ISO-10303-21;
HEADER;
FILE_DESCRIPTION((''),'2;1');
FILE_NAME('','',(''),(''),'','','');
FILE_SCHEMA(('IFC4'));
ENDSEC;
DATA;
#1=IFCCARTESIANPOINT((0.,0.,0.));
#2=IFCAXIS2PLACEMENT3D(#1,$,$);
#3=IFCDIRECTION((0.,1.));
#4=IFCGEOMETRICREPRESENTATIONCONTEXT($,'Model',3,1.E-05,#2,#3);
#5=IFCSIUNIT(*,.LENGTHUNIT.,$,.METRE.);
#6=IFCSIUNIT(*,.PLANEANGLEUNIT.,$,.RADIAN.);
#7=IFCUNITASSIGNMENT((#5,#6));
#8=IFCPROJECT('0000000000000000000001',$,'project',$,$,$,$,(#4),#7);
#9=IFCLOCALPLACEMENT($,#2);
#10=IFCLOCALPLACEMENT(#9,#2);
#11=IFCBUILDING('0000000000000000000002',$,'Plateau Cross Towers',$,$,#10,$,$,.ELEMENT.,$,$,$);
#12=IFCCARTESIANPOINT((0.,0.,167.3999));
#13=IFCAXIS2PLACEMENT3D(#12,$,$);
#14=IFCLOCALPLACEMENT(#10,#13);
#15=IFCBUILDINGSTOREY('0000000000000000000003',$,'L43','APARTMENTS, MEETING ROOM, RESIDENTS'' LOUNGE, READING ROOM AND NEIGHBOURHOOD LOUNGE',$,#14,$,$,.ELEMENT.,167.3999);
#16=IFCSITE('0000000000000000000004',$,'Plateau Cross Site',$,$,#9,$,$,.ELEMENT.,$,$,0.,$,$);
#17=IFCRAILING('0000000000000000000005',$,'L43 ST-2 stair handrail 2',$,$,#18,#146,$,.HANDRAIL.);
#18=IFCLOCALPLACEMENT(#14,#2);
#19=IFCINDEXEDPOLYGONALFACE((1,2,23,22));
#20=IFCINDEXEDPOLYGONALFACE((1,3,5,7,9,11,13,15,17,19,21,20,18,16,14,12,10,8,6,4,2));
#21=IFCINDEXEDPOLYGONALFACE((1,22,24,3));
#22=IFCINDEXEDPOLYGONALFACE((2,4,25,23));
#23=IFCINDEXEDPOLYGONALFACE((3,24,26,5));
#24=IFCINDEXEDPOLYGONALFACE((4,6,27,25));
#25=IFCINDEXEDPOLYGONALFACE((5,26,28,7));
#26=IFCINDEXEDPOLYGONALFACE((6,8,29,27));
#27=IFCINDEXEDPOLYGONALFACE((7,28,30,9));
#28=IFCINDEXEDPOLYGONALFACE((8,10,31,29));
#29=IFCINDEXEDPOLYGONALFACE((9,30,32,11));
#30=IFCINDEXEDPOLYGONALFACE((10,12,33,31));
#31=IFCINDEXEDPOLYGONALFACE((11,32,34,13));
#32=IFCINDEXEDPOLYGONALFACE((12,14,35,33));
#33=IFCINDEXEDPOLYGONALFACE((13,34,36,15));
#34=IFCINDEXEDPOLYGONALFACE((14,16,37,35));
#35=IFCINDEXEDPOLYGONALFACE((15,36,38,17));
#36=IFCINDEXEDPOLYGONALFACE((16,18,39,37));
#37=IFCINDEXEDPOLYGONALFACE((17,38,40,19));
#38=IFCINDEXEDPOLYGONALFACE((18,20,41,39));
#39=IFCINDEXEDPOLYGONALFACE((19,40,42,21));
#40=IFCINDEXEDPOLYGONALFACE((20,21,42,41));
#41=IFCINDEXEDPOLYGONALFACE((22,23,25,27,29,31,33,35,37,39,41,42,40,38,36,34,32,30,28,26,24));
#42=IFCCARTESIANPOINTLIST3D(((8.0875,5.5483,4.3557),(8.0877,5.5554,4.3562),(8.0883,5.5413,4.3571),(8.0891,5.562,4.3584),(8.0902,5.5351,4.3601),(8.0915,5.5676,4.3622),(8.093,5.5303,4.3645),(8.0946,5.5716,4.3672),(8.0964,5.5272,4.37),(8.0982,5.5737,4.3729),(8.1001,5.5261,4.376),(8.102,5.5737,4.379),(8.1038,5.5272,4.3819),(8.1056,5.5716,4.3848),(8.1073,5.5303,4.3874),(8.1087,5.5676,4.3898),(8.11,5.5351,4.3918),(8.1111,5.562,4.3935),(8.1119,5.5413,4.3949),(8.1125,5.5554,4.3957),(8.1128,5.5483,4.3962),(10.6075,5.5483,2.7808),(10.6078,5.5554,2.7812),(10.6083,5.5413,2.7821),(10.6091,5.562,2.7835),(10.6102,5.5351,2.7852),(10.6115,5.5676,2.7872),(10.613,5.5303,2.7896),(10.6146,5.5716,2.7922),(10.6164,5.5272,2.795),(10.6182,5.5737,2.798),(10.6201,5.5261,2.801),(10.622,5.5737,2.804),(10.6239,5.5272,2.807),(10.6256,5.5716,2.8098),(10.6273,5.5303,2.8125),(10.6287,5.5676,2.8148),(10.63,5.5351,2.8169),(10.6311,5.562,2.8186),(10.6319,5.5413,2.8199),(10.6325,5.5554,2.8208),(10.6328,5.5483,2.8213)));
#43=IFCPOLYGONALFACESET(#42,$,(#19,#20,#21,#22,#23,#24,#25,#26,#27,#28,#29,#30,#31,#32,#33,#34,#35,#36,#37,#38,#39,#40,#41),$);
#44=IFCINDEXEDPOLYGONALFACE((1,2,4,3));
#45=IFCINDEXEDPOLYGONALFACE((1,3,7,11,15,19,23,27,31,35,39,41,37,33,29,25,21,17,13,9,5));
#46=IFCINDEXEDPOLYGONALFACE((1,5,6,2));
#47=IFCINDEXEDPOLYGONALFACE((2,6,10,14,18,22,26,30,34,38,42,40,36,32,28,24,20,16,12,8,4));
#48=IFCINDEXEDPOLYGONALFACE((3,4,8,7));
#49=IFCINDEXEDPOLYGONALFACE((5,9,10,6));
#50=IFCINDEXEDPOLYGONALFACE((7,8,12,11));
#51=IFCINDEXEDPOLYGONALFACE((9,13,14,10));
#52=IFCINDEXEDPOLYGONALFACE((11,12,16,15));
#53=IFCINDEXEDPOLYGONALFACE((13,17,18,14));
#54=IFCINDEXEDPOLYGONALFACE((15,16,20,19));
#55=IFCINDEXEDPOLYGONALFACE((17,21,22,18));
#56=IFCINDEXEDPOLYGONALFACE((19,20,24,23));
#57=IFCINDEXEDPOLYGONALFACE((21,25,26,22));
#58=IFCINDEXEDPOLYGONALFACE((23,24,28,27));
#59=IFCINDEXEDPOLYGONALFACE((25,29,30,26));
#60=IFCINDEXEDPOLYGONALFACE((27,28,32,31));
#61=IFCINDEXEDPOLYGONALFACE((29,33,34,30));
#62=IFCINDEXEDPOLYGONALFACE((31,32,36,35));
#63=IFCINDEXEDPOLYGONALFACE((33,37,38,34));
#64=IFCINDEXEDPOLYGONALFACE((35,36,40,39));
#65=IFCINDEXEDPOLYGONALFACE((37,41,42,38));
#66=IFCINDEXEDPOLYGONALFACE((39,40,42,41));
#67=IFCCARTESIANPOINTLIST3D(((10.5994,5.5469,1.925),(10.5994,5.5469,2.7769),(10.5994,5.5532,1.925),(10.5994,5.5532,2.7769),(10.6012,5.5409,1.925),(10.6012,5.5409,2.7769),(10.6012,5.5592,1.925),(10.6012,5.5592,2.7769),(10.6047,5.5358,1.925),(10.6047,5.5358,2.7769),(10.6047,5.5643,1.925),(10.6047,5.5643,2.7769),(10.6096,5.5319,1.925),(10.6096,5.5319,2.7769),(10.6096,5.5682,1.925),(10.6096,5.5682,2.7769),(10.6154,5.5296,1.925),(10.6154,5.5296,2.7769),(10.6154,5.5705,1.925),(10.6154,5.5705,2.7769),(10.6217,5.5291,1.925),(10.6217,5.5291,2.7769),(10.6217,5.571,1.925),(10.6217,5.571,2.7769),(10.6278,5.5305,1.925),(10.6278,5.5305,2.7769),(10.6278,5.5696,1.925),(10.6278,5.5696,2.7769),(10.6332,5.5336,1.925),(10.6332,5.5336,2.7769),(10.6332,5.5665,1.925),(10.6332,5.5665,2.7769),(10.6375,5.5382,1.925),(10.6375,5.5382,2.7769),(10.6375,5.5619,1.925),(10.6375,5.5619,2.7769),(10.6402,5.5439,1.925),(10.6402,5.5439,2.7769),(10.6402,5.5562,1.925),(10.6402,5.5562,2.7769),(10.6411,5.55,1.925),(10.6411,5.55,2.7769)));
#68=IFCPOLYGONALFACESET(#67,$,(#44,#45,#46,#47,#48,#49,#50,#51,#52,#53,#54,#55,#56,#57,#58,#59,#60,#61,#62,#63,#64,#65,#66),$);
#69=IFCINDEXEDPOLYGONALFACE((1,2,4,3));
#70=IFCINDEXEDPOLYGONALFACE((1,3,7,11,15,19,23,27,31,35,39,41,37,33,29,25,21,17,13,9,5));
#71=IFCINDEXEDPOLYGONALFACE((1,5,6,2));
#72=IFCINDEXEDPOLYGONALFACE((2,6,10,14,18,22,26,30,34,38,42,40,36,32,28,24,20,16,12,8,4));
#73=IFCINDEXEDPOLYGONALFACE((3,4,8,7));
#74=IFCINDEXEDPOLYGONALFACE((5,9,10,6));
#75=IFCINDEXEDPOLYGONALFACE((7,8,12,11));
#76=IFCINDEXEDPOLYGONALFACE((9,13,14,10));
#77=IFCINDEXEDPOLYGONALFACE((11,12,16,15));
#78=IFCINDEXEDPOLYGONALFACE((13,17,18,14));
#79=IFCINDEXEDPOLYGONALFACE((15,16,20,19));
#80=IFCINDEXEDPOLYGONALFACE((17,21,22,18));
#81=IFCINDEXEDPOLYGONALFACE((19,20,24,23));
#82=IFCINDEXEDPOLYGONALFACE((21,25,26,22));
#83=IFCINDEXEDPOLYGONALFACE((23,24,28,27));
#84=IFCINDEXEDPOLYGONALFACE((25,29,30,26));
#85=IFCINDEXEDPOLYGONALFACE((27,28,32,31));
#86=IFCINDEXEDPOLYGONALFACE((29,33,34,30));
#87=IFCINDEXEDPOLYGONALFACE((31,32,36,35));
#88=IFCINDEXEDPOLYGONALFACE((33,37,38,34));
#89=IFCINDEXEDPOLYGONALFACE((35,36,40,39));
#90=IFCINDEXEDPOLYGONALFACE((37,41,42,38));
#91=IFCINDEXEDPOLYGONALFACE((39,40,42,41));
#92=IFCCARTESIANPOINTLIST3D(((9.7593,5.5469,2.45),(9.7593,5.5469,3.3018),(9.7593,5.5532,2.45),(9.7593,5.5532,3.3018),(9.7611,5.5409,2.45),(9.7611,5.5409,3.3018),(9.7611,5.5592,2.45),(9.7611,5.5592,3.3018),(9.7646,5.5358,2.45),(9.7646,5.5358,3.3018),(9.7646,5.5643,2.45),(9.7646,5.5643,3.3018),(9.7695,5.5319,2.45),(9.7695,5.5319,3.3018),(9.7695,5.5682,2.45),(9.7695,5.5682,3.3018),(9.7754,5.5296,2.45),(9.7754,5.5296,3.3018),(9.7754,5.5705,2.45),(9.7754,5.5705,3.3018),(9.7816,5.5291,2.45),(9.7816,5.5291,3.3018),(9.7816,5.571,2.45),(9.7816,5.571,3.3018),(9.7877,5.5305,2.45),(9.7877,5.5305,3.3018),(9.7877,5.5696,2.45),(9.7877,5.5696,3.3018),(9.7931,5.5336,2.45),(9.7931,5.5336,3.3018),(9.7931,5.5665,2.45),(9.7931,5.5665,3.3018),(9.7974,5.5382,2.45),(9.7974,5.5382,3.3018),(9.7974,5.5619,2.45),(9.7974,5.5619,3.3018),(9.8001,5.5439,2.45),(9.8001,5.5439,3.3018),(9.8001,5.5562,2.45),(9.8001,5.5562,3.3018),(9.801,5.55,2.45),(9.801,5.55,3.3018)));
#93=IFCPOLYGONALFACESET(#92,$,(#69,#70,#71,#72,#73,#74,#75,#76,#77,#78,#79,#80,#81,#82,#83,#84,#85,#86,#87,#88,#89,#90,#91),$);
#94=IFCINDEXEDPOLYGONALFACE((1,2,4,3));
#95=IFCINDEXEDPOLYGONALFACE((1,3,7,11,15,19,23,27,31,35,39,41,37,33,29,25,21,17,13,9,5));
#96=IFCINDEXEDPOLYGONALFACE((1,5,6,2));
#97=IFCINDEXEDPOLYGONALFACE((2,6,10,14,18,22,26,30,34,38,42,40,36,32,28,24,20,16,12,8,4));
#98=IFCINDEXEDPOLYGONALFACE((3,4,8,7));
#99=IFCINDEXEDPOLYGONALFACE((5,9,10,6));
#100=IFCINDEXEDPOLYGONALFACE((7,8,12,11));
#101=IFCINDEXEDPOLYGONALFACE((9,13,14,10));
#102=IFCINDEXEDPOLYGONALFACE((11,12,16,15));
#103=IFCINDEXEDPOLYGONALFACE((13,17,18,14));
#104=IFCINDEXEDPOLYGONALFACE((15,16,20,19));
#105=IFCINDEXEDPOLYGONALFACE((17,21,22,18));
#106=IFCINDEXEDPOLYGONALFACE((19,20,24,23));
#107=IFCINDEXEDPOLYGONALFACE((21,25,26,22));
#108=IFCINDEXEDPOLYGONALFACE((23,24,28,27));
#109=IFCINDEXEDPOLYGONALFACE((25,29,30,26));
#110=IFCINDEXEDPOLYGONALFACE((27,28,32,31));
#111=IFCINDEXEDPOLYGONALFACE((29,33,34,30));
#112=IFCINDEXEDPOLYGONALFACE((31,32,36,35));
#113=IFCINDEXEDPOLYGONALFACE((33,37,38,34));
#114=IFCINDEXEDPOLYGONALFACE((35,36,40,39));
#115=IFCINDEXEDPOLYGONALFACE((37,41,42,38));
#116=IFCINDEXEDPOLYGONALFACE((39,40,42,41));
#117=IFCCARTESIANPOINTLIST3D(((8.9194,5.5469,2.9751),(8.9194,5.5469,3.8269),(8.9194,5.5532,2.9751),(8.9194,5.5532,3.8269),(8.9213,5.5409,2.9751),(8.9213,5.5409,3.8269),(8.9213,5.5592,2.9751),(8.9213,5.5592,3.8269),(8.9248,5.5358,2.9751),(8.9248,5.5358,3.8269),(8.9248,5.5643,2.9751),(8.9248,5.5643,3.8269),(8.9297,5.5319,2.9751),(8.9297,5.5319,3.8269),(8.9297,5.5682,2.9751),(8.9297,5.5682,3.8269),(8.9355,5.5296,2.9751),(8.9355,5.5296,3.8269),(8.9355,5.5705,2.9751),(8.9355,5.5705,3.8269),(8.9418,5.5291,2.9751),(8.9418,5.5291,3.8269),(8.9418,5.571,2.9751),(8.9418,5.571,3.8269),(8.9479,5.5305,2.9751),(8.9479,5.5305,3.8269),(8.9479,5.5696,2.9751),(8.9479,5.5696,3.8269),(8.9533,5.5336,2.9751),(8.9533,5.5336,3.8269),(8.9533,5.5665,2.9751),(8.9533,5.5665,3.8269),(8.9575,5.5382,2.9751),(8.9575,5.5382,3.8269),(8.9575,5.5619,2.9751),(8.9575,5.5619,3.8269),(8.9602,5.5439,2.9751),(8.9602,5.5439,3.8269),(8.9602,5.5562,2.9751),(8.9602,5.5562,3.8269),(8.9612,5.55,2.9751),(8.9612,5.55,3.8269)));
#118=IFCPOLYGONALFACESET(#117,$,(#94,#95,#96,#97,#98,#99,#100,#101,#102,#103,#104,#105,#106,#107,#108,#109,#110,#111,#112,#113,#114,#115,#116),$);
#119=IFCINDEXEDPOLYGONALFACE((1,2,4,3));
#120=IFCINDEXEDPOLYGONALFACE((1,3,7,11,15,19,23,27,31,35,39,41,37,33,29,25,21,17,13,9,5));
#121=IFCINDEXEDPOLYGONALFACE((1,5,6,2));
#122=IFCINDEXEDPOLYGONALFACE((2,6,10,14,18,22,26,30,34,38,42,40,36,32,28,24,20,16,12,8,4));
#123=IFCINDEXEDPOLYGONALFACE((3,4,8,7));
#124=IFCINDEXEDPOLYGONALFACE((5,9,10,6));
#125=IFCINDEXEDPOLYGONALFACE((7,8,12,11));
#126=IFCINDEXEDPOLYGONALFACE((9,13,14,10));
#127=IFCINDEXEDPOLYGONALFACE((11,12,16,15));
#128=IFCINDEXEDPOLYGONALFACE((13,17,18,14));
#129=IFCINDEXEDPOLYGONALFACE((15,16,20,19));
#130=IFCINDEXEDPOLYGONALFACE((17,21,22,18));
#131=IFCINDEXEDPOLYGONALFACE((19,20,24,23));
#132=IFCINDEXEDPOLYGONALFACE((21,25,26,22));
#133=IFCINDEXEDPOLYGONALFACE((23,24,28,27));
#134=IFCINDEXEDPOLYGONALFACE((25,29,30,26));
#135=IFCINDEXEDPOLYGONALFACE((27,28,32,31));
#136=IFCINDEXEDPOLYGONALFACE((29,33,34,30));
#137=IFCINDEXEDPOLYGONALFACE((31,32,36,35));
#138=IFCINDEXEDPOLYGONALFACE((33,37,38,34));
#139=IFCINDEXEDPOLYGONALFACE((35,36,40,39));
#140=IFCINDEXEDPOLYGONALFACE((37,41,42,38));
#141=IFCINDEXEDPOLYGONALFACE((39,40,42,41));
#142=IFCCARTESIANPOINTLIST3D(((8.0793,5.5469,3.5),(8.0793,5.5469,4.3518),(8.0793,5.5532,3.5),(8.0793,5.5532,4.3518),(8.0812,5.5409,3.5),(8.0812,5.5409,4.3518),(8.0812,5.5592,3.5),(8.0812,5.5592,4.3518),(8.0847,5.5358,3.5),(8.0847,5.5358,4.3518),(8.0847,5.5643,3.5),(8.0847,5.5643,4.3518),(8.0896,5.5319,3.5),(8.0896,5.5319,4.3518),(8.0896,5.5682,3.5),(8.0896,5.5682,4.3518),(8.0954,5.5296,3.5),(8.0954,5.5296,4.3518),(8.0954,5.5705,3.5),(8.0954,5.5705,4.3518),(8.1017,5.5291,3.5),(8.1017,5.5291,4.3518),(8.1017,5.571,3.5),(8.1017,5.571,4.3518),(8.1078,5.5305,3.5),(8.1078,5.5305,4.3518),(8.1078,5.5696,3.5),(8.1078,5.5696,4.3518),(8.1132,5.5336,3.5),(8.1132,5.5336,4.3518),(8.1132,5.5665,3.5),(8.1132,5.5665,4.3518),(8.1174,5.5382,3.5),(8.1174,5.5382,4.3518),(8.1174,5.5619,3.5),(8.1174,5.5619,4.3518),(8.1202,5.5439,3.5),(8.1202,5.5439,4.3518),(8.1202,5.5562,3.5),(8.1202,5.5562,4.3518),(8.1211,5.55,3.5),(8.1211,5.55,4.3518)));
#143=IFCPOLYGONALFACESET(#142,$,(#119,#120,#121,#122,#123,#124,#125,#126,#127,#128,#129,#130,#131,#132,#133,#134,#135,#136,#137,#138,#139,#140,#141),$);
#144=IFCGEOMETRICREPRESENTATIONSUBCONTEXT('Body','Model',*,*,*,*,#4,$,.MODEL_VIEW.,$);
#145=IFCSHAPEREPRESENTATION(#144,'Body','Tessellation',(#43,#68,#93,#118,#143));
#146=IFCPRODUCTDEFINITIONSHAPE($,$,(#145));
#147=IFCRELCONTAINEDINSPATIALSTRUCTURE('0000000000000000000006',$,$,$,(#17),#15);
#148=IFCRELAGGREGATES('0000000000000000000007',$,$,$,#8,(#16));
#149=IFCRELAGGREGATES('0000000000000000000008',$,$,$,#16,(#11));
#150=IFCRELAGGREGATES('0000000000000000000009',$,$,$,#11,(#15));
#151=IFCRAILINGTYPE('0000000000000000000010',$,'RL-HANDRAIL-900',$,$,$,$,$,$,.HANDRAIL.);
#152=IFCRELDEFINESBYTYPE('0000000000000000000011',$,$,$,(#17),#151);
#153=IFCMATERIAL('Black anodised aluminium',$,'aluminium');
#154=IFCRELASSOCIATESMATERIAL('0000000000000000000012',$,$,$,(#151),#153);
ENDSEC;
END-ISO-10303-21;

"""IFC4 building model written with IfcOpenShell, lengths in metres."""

from ifc_helpers import new_model, si_unit, direction, frame, origin, origin_2d, place, context, subcontext, project, spatial, circle, extrude, material, type_object, element, save


model = new_model("IFC4")

# Units and contexts
model_context = context("Model", 3, precision=1e-05, world=origin(), true_north=direction((0.0, 1.0)))
body_context = subcontext(model_context, "Body", "Model", "MODEL_VIEW")
ifc_project = project(units=[si_unit("LENGTHUNIT", "METRE"), si_unit("PLANEANGLEUNIT", "RADIAN")], contexts=[model_context])

# Site, building, storey
site_placement = place(None, origin())
site = spatial("IfcSite", under=ifc_project, at=site_placement, Name="Plateau Cross Site", CompositionType="ELEMENT", RefElevation=0.0)
building_placement = place(site_placement, origin())
building = spatial("IfcBuilding", under=site, at=building_placement, Name="Plateau Cross Towers", CompositionType="ELEMENT")
storey_placement = place(building_placement, frame((0.0, 0.0, 167.3999)))
storey = spatial("IfcBuildingStorey", under=building, at=storey_placement, Name="L43", Description="APARTMENTS, MEETING ROOM, RESIDENTS' LOUNGE, READING ROOM AND NEIGHBOURHOOD LOUNGE", CompositionType="ELEMENT", Elevation=167.3999)

# Railing
ifc_material_1 = material(Name="Black anodised aluminium", Category="aluminium")
railing_type_1 = type_object("IfcRailingType", Name="RL-HANDRAIL-900", PredefinedType="HANDRAIL", material=ifc_material_1)
railing_1_placement = place(storey_placement, frame((10.6201, 5.55, 1.925)))
element("IfcRailing", 1, at=railing_1_placement, inside=storey, type_object=railing_type_1, Name="L43 ST-2 stair handrail 2", PredefinedType="HANDRAIL", context=body_context, shape_type="SweptSolid", body=[
    extrude(circle(Radius=0.0239, at=origin_2d()), frame((0.0, 0.0, 0.876), z_axis=(-0.848008, 0.0, 0.529984), x_axis=(0.0, -1.0, 0.0)), (0.0, 0.0, 1.0), 2.9717),
    extrude(circle(Radius=0.021, at=origin_2d()), origin(), (0.0, 0.0, 1.0), 0.8518),
    extrude(circle(Radius=0.021, at=origin_2d()), frame((-0.8401, 0.0, 0.5249)), (0.0, 0.0, 1.0), 0.8518),
    extrude(circle(Radius=0.021, at=origin_2d()), frame((-1.6799, 0.0, 1.05)), (0.0, 0.0, 1.0), 0.8518),
    extrude(circle(Radius=0.021, at=origin_2d()), frame((-2.52, 0.0, 1.575)), (0.0, 0.0, 1.0), 0.8518),
])

save(model, "model.ifc")
